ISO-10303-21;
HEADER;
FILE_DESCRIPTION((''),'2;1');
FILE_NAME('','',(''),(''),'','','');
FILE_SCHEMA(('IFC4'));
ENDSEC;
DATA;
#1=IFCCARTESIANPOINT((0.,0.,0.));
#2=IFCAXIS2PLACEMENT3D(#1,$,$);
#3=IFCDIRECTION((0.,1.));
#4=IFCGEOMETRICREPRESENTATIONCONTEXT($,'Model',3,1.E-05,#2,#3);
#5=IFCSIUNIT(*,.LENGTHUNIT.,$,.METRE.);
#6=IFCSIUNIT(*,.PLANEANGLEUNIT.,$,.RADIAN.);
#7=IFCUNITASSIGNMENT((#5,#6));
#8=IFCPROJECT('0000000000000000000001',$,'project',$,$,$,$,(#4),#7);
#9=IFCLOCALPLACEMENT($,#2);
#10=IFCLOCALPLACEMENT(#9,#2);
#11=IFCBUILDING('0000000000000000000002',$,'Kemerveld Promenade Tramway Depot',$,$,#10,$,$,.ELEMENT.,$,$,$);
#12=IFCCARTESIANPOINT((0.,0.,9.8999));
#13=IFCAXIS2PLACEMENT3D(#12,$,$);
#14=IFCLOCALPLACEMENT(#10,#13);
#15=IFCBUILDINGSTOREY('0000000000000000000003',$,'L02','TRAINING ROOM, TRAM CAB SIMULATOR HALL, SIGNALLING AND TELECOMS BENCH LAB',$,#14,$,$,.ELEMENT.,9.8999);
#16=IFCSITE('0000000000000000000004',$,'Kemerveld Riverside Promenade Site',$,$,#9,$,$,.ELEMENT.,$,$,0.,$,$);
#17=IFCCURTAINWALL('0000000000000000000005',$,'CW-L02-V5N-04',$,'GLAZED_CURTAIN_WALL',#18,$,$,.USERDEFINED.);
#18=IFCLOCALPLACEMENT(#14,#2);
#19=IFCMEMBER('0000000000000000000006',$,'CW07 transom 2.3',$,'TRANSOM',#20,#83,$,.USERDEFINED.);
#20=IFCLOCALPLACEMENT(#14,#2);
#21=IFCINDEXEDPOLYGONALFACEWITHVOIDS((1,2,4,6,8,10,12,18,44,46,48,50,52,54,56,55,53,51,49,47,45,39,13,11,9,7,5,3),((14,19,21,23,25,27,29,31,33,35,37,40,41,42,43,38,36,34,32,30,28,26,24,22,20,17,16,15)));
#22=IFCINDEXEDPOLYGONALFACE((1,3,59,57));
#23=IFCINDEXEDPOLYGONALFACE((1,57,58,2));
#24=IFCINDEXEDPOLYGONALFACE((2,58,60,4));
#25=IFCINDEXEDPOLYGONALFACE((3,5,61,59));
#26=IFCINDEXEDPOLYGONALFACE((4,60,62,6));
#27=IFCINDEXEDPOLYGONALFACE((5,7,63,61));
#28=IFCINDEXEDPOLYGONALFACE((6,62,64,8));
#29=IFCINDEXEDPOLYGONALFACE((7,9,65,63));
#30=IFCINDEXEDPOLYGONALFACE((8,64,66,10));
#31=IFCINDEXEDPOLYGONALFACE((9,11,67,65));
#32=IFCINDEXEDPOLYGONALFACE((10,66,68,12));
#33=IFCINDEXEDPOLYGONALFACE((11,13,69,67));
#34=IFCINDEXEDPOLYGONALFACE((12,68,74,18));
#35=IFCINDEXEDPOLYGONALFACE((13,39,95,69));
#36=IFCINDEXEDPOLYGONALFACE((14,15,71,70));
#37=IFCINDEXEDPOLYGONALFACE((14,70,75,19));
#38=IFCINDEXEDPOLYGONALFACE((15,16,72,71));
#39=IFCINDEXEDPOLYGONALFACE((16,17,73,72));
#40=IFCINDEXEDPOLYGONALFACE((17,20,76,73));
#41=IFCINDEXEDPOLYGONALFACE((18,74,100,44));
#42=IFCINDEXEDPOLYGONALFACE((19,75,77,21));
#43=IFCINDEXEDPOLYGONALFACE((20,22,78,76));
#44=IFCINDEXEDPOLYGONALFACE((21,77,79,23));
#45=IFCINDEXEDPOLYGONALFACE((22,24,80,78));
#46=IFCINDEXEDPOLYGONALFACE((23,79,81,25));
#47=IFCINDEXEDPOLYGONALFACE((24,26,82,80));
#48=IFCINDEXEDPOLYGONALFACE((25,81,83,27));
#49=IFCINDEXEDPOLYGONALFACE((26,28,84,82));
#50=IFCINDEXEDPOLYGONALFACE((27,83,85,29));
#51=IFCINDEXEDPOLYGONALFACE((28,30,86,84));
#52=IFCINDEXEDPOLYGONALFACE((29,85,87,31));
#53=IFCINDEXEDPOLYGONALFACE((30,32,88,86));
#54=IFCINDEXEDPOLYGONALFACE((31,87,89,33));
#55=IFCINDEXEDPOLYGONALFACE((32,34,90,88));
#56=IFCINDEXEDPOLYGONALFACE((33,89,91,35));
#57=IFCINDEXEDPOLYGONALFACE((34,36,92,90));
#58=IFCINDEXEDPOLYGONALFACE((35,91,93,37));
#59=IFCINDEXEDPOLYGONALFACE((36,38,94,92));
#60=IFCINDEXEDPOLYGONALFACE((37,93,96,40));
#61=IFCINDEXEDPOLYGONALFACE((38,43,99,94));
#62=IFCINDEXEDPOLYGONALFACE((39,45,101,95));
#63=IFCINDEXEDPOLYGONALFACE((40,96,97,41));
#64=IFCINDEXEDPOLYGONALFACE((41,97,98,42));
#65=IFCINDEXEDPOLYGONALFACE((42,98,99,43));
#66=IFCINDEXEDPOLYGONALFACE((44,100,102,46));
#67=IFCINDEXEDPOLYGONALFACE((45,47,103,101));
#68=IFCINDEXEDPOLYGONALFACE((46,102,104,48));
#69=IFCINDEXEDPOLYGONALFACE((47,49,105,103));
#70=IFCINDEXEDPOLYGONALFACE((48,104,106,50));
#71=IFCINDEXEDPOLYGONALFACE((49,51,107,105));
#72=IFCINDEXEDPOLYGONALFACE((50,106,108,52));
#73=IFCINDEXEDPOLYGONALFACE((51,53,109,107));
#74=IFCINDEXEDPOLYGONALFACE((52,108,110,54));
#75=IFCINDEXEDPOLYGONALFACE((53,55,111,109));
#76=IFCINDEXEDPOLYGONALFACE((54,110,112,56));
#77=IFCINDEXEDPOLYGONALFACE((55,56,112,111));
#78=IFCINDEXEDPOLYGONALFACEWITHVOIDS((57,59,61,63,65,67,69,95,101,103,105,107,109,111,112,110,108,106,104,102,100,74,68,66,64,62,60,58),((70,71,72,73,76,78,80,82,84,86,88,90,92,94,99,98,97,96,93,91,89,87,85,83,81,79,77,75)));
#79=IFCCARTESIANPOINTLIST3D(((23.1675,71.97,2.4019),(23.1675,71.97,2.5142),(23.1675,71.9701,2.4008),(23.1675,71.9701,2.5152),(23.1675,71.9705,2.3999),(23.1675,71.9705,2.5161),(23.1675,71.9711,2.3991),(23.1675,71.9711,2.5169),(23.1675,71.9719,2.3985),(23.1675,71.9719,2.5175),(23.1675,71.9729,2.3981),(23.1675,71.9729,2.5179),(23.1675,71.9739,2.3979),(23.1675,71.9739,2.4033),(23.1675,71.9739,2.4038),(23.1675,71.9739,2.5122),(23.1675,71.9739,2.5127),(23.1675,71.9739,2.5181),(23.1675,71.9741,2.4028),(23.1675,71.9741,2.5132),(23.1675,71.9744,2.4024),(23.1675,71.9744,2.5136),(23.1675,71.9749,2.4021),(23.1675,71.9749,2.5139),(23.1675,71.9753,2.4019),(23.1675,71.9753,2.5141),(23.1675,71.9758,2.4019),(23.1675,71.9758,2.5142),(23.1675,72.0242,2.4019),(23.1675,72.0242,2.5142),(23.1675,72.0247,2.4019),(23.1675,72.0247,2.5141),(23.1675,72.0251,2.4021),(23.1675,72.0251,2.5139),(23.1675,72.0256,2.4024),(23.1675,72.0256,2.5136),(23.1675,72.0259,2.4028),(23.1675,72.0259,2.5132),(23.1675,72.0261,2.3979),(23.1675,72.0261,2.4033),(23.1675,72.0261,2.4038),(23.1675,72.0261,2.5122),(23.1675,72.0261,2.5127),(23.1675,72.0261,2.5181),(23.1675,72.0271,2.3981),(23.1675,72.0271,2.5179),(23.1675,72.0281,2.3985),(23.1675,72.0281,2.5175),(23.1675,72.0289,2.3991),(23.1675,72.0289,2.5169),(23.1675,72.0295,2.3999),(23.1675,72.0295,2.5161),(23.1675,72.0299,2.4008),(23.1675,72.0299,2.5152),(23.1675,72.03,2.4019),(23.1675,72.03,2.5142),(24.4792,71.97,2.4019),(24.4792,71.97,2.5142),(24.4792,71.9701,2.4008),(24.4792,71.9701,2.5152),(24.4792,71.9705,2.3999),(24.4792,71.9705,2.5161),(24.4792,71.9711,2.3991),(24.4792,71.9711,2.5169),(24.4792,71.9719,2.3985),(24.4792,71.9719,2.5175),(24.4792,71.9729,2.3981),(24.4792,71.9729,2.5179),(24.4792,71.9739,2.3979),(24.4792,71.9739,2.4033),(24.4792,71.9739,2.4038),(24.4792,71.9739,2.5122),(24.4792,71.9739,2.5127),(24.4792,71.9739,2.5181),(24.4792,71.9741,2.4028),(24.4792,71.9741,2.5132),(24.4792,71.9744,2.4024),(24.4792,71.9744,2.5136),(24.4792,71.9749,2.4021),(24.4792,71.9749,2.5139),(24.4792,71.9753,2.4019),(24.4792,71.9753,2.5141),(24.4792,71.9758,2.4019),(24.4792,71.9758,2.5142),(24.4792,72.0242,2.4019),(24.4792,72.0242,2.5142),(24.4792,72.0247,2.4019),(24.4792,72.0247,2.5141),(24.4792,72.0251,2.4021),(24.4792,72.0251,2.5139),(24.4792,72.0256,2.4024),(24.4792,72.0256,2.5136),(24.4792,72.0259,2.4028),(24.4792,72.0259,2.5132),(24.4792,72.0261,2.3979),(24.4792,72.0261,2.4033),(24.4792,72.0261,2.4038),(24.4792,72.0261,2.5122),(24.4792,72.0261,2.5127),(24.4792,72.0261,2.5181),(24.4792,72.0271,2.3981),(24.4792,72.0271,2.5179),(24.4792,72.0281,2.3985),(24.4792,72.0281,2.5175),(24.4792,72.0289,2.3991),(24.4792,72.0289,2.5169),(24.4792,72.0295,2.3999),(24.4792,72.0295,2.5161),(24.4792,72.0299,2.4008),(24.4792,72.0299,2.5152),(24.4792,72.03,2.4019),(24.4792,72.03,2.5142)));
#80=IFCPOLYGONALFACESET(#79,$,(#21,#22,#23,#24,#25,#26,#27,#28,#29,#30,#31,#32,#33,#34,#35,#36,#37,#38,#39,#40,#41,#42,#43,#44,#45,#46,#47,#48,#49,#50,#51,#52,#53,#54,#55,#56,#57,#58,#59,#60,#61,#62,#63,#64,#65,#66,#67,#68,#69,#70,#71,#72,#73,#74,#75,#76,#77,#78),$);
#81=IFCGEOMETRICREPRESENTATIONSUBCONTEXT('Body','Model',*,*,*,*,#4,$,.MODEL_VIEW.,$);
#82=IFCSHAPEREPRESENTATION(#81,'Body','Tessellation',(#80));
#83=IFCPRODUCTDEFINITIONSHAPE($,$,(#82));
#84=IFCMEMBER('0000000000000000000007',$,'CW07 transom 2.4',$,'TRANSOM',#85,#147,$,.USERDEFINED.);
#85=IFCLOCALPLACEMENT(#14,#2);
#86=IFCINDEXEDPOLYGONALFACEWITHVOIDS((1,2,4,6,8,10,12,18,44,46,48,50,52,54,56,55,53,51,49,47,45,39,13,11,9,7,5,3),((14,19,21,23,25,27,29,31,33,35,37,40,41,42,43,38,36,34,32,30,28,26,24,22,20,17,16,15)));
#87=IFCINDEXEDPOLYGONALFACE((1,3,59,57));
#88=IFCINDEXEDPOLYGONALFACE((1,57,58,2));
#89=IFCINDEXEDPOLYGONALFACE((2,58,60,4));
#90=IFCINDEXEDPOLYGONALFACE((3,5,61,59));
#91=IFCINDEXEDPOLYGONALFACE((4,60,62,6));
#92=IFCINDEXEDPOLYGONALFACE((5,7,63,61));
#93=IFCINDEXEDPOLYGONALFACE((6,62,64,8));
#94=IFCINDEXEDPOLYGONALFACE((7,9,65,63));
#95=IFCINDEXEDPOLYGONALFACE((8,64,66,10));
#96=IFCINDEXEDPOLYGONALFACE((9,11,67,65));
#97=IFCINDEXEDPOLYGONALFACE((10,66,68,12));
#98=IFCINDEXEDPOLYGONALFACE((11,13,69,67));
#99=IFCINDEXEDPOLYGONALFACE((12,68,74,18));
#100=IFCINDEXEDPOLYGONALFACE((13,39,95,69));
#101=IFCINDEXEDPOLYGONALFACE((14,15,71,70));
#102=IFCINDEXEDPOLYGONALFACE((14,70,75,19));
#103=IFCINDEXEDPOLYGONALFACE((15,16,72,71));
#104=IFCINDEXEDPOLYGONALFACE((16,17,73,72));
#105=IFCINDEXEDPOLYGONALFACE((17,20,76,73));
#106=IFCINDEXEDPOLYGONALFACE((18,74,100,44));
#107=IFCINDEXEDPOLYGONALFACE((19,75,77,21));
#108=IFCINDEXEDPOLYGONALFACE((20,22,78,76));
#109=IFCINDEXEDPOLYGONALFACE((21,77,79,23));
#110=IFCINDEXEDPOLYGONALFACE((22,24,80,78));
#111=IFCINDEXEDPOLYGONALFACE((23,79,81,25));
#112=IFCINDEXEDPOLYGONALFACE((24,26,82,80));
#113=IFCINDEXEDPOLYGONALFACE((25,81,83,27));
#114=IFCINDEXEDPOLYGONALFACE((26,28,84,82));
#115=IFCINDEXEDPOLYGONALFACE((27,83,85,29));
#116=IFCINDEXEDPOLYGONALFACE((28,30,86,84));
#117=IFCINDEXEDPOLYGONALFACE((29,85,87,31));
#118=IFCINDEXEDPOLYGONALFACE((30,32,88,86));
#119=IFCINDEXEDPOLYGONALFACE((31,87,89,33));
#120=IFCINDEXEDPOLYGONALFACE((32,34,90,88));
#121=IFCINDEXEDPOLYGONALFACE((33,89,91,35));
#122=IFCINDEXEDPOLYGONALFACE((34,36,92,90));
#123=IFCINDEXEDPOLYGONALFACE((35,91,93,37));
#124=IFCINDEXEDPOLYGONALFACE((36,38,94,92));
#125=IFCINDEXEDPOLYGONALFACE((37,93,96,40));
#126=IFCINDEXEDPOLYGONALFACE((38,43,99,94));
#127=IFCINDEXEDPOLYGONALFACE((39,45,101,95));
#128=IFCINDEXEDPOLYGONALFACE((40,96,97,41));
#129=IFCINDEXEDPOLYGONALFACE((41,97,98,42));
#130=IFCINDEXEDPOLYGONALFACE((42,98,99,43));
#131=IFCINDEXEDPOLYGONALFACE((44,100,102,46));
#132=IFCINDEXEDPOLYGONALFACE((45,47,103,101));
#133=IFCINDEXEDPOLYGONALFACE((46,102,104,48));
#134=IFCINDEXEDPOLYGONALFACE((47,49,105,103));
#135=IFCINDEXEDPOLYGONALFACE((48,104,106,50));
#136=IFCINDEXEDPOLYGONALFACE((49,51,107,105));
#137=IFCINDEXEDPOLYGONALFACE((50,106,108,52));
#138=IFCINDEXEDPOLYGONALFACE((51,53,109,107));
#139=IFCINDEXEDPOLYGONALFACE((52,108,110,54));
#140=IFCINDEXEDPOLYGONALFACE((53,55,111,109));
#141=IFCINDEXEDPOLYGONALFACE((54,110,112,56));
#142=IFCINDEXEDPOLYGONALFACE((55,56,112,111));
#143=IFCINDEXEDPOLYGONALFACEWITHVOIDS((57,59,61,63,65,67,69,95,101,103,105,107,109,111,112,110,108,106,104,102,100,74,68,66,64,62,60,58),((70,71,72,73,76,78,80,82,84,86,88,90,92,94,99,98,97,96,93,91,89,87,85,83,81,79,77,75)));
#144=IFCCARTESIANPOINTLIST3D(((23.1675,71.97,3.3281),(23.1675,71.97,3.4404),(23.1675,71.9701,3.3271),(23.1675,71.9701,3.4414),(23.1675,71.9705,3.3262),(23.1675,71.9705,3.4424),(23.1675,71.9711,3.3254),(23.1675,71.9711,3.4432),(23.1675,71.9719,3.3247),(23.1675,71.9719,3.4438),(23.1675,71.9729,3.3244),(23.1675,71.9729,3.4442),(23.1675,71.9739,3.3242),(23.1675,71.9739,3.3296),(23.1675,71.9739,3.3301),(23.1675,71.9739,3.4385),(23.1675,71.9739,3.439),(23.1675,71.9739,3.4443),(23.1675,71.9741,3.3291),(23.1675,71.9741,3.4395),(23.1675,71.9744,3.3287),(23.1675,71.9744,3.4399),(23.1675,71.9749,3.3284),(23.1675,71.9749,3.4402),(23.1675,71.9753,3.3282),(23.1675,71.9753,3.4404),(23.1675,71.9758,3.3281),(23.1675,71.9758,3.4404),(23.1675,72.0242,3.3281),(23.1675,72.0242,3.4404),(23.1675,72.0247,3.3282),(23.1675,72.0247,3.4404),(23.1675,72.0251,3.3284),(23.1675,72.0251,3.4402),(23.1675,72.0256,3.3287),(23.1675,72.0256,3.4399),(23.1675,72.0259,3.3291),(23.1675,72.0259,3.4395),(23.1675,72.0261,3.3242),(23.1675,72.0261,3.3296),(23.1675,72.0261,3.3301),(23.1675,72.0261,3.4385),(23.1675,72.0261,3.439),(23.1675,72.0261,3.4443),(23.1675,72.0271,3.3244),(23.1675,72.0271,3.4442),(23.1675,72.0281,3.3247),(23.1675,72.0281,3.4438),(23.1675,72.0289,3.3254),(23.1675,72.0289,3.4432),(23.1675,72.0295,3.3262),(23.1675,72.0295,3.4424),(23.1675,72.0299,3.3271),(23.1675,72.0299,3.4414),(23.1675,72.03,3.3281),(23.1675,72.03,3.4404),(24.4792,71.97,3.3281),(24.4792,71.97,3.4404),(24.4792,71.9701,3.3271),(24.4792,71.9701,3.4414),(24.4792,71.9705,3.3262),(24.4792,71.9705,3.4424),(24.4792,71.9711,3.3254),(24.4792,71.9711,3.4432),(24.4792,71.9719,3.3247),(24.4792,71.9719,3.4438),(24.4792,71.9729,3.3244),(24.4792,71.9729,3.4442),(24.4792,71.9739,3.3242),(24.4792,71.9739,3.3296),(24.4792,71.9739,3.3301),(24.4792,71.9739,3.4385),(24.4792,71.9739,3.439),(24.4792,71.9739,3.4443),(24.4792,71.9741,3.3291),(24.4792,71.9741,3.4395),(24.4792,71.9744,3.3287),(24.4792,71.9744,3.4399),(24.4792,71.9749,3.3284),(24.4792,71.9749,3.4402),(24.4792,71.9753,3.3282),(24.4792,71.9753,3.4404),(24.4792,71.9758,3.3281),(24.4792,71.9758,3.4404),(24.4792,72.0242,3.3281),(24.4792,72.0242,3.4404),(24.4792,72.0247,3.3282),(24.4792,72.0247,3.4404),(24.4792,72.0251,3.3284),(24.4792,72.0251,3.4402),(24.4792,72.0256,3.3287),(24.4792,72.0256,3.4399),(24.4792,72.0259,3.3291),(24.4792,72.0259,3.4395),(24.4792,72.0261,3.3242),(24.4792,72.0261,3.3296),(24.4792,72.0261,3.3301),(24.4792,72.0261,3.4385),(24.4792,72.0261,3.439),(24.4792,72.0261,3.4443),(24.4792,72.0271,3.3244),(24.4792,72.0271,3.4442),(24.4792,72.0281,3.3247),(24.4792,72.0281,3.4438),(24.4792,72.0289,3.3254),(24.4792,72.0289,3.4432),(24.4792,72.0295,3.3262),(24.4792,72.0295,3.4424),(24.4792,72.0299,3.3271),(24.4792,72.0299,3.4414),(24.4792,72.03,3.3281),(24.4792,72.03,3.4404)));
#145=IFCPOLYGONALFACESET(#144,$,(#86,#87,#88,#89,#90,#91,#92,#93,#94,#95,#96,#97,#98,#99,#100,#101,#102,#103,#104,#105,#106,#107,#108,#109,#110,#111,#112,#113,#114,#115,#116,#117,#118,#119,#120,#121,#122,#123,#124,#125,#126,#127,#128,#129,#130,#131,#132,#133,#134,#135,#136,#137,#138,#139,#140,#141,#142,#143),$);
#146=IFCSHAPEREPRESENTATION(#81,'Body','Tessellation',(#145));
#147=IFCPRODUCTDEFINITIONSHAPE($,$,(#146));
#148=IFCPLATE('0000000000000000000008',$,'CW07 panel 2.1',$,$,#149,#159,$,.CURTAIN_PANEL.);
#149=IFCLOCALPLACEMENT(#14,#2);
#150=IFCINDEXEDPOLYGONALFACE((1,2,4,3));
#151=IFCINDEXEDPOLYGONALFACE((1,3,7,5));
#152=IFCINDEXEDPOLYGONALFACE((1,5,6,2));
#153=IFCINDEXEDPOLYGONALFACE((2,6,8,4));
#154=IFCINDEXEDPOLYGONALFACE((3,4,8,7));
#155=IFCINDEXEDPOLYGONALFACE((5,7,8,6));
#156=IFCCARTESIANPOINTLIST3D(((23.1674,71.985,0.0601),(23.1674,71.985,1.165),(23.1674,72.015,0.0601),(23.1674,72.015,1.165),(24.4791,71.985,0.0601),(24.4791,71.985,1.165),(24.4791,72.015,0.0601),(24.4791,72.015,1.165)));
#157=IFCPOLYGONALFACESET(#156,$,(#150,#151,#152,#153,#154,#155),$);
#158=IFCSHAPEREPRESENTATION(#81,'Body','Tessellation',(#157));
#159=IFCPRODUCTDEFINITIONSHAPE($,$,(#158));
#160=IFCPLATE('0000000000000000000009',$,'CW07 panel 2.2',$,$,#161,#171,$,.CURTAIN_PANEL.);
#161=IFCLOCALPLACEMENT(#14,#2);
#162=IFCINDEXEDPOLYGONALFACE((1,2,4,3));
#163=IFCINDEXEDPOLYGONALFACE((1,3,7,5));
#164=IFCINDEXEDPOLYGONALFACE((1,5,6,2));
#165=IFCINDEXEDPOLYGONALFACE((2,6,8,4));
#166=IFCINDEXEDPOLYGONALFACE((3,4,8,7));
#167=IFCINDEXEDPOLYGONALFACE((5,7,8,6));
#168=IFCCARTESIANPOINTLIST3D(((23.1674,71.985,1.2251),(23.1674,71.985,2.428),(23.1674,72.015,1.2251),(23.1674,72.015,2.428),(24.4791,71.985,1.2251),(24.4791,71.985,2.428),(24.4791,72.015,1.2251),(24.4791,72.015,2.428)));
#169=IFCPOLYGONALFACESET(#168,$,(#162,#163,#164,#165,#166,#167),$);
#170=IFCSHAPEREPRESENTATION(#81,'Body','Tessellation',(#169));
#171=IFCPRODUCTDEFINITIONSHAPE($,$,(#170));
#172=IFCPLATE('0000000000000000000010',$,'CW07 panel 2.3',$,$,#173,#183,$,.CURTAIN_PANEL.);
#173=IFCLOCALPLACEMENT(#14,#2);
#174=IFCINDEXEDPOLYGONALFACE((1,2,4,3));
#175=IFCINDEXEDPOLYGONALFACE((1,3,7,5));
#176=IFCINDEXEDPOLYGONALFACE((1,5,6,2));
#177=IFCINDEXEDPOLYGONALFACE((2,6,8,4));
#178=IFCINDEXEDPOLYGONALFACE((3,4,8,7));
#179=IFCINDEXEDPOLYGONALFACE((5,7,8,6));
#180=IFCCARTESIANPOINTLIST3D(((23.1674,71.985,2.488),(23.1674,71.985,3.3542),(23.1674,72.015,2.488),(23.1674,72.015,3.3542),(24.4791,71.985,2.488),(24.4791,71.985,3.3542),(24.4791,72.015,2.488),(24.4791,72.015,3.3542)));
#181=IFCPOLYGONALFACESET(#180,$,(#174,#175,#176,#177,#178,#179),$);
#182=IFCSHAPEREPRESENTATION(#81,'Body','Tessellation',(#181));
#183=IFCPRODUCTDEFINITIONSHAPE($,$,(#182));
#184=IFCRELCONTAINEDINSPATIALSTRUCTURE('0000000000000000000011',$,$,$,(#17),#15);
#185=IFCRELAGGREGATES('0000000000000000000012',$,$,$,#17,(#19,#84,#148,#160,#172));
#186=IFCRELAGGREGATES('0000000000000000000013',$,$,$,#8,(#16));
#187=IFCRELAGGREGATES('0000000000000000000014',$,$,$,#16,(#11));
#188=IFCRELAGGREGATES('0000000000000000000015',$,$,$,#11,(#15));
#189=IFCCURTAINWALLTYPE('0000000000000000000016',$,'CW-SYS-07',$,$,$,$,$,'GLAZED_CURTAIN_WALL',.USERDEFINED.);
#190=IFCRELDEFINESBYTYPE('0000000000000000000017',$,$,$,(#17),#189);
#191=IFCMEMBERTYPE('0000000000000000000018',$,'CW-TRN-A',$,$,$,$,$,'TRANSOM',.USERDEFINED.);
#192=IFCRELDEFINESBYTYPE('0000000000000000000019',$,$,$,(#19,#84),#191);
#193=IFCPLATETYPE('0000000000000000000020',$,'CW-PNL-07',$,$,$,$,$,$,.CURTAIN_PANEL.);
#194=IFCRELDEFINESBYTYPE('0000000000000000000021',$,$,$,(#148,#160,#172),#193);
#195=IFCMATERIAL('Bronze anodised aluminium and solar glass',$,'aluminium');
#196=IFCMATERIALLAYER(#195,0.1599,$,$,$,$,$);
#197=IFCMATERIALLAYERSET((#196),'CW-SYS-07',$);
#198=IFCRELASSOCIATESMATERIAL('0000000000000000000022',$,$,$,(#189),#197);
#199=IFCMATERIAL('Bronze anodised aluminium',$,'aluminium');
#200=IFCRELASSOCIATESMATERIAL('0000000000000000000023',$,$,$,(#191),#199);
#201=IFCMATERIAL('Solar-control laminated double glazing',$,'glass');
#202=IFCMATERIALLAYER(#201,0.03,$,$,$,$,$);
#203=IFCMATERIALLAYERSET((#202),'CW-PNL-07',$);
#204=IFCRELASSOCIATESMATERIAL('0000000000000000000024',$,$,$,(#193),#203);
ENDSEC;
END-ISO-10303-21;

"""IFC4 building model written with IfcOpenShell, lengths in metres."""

from ifc_helpers import new_model, si_unit, direction, frame, origin, origin_2d, place, context, subcontext, project, spatial, rectangle, hollow_rectangle, extrude, material, layer, layer_set, material_profile, profile_set, type_object, element, aggregate, save


model = new_model("IFC4")

# Units and contexts
model_context = context("Model", 3, precision=1e-05, world=origin(), true_north=direction((0.0, 1.0)))
body_context = subcontext(model_context, "Body", "Model", "MODEL_VIEW")
ifc_project = project(units=[si_unit("LENGTHUNIT", "METRE"), si_unit("PLANEANGLEUNIT", "RADIAN")], contexts=[model_context])

# Site, building, storey
site_placement = place(None, origin())
site = spatial("IfcSite", under=ifc_project, at=site_placement, Name="Kemerveld Riverside Promenade Site", CompositionType="ELEMENT", RefElevation=0.0)
building_placement = place(site_placement, origin())
building = spatial("IfcBuilding", under=site, at=building_placement, Name="Kemerveld Promenade Tramway Depot", CompositionType="ELEMENT")
storey_placement = place(building_placement, frame((0.0, 0.0, 9.8999)))
storey = spatial("IfcBuildingStorey", under=building, at=storey_placement, Name="L02", Description="TRAINING ROOM, TRAM CAB SIMULATOR HALL, SIGNALLING AND TELECOMS BENCH LAB", CompositionType="ELEMENT", Elevation=9.8999)

# Curtain wall, members, plates
ifc_material_1 = material(Name="Bronze anodised aluminium and solar glass", Category="aluminium")
ifc_layer_1 = layer(ifc_material_1, 0.1599)
ifc_layer_set_1 = layer_set([ifc_layer_1], Name="CW-SYS-07")
curtain_wall_type = type_object("IfcCurtainWallType", Name="CW-SYS-07", ElementType="GLAZED_CURTAIN_WALL", PredefinedType="USERDEFINED", material=ifc_layer_set_1)
curtain_wall_placement = place(storey_placement, origin())
curtain_wall = element("IfcCurtainWall", 1, at=curtain_wall_placement, inside=storey, type_object=curtain_wall_type, Name="CW-L02-V5N-04", ObjectType="GLAZED_CURTAIN_WALL", PredefinedType="USERDEFINED")
ifc_material_2 = material(Name="Bronze anodised aluminium", Category="aluminium")
ifc_material_profile_1 = material_profile(ifc_material_2, hollow_rectangle(XDim=0.0601, YDim=0.1201, WallThickness=0.0039, InnerFilletRadius=0.002, OuterFilletRadius=0.0039, at=origin_2d()), Name="CW-TRN-120x60")
ifc_profile_set_1 = profile_set([ifc_material_profile_1], Name="Bronze anodised aluminium")
member_type_1 = type_object("IfcMemberType", Name="CW-TRN-A", ElementType="TRANSOM", PredefinedType="USERDEFINED", material=ifc_profile_set_1)
member_1_placement = place(storey_placement, frame((23.1675, 72.0, 2.458), z_axis=(1.0, 0.0, 0.0), x_axis=(0.0, 1.0, 0.0)))
member_1 = element("IfcMember", 2, at=member_1_placement, type_object=member_type_1, Name="CW07 transom 2.3", ObjectType="TRANSOM", PredefinedType="USERDEFINED", context=body_context, shape_type="SweptSolid", body=[
    extrude(hollow_rectangle(XDim=0.0601, YDim=0.1201, WallThickness=0.0039, InnerFilletRadius=0.002, OuterFilletRadius=0.0039, at=origin_2d()), origin(), (0.0, 0.0, 1.0), 1.3118),
])
member_2_placement = place(storey_placement, frame((23.1675, 72.0, 3.3843), z_axis=(1.0, 0.0, 0.0), x_axis=(0.0, 1.0, 0.0)))
member_2 = element("IfcMember", 3, at=member_2_placement, type_object=member_type_1, Name="CW07 transom 2.4", ObjectType="TRANSOM", PredefinedType="USERDEFINED", context=body_context, shape_type="SweptSolid", body=[
    extrude(hollow_rectangle(XDim=0.0601, YDim=0.1201, WallThickness=0.0039, InnerFilletRadius=0.002, OuterFilletRadius=0.0039, at=origin_2d()), origin(), (0.0, 0.0, 1.0), 1.3118),
])
ifc_material_3 = material(Name="Solar-control laminated double glazing", Category="glass")
ifc_layer_2 = layer(ifc_material_3, 0.03)
ifc_layer_set_2 = layer_set([ifc_layer_2], Name="CW-PNL-07")
plate_type = type_object("IfcPlateType", Name="CW-PNL-07", PredefinedType="CURTAIN_PANEL", material=ifc_layer_set_2)
plate_1_placement = place(storey_placement, frame((23.8232, 72.0, 0.0601), z_axis=(0.0, 0.0, 1.0), x_axis=(1.0, 0.0, 0.0)))
plate_1 = element("IfcPlate", 4, at=plate_1_placement, type_object=plate_type, Name="CW07 panel 2.1", PredefinedType="CURTAIN_PANEL", context=body_context, shape_type="SweptSolid", body=[
    extrude(rectangle(XDim=1.3118, YDim=0.03, at=origin_2d()), origin(), (0.0, 0.0, 1.0), 1.105),
])
plate_2_placement = place(storey_placement, frame((23.8232, 72.0, 1.2251), z_axis=(0.0, 0.0, 1.0), x_axis=(1.0, 0.0, 0.0)))
plate_2 = element("IfcPlate", 5, at=plate_2_placement, type_object=plate_type, Name="CW07 panel 2.2", PredefinedType="CURTAIN_PANEL", context=body_context, shape_type="SweptSolid", body=[
    extrude(rectangle(XDim=1.3118, YDim=0.03, at=origin_2d()), origin(), (0.0, 0.0, 1.0), 1.2029),
])
plate_3_placement = place(storey_placement, frame((23.8232, 72.0, 2.488), z_axis=(0.0, 0.0, 1.0), x_axis=(1.0, 0.0, 0.0)))
plate_3 = element("IfcPlate", 6, at=plate_3_placement, type_object=plate_type, Name="CW07 panel 2.3", PredefinedType="CURTAIN_PANEL", context=body_context, shape_type="SweptSolid", body=[
    extrude(rectangle(XDim=1.3118, YDim=0.03, at=origin_2d()), origin(), (0.0, 0.0, 1.0), 0.8662),
])
aggregate(curtain_wall, [member_1, member_2, plate_1, plate_2, plate_3])

save(model, "model.ifc")
